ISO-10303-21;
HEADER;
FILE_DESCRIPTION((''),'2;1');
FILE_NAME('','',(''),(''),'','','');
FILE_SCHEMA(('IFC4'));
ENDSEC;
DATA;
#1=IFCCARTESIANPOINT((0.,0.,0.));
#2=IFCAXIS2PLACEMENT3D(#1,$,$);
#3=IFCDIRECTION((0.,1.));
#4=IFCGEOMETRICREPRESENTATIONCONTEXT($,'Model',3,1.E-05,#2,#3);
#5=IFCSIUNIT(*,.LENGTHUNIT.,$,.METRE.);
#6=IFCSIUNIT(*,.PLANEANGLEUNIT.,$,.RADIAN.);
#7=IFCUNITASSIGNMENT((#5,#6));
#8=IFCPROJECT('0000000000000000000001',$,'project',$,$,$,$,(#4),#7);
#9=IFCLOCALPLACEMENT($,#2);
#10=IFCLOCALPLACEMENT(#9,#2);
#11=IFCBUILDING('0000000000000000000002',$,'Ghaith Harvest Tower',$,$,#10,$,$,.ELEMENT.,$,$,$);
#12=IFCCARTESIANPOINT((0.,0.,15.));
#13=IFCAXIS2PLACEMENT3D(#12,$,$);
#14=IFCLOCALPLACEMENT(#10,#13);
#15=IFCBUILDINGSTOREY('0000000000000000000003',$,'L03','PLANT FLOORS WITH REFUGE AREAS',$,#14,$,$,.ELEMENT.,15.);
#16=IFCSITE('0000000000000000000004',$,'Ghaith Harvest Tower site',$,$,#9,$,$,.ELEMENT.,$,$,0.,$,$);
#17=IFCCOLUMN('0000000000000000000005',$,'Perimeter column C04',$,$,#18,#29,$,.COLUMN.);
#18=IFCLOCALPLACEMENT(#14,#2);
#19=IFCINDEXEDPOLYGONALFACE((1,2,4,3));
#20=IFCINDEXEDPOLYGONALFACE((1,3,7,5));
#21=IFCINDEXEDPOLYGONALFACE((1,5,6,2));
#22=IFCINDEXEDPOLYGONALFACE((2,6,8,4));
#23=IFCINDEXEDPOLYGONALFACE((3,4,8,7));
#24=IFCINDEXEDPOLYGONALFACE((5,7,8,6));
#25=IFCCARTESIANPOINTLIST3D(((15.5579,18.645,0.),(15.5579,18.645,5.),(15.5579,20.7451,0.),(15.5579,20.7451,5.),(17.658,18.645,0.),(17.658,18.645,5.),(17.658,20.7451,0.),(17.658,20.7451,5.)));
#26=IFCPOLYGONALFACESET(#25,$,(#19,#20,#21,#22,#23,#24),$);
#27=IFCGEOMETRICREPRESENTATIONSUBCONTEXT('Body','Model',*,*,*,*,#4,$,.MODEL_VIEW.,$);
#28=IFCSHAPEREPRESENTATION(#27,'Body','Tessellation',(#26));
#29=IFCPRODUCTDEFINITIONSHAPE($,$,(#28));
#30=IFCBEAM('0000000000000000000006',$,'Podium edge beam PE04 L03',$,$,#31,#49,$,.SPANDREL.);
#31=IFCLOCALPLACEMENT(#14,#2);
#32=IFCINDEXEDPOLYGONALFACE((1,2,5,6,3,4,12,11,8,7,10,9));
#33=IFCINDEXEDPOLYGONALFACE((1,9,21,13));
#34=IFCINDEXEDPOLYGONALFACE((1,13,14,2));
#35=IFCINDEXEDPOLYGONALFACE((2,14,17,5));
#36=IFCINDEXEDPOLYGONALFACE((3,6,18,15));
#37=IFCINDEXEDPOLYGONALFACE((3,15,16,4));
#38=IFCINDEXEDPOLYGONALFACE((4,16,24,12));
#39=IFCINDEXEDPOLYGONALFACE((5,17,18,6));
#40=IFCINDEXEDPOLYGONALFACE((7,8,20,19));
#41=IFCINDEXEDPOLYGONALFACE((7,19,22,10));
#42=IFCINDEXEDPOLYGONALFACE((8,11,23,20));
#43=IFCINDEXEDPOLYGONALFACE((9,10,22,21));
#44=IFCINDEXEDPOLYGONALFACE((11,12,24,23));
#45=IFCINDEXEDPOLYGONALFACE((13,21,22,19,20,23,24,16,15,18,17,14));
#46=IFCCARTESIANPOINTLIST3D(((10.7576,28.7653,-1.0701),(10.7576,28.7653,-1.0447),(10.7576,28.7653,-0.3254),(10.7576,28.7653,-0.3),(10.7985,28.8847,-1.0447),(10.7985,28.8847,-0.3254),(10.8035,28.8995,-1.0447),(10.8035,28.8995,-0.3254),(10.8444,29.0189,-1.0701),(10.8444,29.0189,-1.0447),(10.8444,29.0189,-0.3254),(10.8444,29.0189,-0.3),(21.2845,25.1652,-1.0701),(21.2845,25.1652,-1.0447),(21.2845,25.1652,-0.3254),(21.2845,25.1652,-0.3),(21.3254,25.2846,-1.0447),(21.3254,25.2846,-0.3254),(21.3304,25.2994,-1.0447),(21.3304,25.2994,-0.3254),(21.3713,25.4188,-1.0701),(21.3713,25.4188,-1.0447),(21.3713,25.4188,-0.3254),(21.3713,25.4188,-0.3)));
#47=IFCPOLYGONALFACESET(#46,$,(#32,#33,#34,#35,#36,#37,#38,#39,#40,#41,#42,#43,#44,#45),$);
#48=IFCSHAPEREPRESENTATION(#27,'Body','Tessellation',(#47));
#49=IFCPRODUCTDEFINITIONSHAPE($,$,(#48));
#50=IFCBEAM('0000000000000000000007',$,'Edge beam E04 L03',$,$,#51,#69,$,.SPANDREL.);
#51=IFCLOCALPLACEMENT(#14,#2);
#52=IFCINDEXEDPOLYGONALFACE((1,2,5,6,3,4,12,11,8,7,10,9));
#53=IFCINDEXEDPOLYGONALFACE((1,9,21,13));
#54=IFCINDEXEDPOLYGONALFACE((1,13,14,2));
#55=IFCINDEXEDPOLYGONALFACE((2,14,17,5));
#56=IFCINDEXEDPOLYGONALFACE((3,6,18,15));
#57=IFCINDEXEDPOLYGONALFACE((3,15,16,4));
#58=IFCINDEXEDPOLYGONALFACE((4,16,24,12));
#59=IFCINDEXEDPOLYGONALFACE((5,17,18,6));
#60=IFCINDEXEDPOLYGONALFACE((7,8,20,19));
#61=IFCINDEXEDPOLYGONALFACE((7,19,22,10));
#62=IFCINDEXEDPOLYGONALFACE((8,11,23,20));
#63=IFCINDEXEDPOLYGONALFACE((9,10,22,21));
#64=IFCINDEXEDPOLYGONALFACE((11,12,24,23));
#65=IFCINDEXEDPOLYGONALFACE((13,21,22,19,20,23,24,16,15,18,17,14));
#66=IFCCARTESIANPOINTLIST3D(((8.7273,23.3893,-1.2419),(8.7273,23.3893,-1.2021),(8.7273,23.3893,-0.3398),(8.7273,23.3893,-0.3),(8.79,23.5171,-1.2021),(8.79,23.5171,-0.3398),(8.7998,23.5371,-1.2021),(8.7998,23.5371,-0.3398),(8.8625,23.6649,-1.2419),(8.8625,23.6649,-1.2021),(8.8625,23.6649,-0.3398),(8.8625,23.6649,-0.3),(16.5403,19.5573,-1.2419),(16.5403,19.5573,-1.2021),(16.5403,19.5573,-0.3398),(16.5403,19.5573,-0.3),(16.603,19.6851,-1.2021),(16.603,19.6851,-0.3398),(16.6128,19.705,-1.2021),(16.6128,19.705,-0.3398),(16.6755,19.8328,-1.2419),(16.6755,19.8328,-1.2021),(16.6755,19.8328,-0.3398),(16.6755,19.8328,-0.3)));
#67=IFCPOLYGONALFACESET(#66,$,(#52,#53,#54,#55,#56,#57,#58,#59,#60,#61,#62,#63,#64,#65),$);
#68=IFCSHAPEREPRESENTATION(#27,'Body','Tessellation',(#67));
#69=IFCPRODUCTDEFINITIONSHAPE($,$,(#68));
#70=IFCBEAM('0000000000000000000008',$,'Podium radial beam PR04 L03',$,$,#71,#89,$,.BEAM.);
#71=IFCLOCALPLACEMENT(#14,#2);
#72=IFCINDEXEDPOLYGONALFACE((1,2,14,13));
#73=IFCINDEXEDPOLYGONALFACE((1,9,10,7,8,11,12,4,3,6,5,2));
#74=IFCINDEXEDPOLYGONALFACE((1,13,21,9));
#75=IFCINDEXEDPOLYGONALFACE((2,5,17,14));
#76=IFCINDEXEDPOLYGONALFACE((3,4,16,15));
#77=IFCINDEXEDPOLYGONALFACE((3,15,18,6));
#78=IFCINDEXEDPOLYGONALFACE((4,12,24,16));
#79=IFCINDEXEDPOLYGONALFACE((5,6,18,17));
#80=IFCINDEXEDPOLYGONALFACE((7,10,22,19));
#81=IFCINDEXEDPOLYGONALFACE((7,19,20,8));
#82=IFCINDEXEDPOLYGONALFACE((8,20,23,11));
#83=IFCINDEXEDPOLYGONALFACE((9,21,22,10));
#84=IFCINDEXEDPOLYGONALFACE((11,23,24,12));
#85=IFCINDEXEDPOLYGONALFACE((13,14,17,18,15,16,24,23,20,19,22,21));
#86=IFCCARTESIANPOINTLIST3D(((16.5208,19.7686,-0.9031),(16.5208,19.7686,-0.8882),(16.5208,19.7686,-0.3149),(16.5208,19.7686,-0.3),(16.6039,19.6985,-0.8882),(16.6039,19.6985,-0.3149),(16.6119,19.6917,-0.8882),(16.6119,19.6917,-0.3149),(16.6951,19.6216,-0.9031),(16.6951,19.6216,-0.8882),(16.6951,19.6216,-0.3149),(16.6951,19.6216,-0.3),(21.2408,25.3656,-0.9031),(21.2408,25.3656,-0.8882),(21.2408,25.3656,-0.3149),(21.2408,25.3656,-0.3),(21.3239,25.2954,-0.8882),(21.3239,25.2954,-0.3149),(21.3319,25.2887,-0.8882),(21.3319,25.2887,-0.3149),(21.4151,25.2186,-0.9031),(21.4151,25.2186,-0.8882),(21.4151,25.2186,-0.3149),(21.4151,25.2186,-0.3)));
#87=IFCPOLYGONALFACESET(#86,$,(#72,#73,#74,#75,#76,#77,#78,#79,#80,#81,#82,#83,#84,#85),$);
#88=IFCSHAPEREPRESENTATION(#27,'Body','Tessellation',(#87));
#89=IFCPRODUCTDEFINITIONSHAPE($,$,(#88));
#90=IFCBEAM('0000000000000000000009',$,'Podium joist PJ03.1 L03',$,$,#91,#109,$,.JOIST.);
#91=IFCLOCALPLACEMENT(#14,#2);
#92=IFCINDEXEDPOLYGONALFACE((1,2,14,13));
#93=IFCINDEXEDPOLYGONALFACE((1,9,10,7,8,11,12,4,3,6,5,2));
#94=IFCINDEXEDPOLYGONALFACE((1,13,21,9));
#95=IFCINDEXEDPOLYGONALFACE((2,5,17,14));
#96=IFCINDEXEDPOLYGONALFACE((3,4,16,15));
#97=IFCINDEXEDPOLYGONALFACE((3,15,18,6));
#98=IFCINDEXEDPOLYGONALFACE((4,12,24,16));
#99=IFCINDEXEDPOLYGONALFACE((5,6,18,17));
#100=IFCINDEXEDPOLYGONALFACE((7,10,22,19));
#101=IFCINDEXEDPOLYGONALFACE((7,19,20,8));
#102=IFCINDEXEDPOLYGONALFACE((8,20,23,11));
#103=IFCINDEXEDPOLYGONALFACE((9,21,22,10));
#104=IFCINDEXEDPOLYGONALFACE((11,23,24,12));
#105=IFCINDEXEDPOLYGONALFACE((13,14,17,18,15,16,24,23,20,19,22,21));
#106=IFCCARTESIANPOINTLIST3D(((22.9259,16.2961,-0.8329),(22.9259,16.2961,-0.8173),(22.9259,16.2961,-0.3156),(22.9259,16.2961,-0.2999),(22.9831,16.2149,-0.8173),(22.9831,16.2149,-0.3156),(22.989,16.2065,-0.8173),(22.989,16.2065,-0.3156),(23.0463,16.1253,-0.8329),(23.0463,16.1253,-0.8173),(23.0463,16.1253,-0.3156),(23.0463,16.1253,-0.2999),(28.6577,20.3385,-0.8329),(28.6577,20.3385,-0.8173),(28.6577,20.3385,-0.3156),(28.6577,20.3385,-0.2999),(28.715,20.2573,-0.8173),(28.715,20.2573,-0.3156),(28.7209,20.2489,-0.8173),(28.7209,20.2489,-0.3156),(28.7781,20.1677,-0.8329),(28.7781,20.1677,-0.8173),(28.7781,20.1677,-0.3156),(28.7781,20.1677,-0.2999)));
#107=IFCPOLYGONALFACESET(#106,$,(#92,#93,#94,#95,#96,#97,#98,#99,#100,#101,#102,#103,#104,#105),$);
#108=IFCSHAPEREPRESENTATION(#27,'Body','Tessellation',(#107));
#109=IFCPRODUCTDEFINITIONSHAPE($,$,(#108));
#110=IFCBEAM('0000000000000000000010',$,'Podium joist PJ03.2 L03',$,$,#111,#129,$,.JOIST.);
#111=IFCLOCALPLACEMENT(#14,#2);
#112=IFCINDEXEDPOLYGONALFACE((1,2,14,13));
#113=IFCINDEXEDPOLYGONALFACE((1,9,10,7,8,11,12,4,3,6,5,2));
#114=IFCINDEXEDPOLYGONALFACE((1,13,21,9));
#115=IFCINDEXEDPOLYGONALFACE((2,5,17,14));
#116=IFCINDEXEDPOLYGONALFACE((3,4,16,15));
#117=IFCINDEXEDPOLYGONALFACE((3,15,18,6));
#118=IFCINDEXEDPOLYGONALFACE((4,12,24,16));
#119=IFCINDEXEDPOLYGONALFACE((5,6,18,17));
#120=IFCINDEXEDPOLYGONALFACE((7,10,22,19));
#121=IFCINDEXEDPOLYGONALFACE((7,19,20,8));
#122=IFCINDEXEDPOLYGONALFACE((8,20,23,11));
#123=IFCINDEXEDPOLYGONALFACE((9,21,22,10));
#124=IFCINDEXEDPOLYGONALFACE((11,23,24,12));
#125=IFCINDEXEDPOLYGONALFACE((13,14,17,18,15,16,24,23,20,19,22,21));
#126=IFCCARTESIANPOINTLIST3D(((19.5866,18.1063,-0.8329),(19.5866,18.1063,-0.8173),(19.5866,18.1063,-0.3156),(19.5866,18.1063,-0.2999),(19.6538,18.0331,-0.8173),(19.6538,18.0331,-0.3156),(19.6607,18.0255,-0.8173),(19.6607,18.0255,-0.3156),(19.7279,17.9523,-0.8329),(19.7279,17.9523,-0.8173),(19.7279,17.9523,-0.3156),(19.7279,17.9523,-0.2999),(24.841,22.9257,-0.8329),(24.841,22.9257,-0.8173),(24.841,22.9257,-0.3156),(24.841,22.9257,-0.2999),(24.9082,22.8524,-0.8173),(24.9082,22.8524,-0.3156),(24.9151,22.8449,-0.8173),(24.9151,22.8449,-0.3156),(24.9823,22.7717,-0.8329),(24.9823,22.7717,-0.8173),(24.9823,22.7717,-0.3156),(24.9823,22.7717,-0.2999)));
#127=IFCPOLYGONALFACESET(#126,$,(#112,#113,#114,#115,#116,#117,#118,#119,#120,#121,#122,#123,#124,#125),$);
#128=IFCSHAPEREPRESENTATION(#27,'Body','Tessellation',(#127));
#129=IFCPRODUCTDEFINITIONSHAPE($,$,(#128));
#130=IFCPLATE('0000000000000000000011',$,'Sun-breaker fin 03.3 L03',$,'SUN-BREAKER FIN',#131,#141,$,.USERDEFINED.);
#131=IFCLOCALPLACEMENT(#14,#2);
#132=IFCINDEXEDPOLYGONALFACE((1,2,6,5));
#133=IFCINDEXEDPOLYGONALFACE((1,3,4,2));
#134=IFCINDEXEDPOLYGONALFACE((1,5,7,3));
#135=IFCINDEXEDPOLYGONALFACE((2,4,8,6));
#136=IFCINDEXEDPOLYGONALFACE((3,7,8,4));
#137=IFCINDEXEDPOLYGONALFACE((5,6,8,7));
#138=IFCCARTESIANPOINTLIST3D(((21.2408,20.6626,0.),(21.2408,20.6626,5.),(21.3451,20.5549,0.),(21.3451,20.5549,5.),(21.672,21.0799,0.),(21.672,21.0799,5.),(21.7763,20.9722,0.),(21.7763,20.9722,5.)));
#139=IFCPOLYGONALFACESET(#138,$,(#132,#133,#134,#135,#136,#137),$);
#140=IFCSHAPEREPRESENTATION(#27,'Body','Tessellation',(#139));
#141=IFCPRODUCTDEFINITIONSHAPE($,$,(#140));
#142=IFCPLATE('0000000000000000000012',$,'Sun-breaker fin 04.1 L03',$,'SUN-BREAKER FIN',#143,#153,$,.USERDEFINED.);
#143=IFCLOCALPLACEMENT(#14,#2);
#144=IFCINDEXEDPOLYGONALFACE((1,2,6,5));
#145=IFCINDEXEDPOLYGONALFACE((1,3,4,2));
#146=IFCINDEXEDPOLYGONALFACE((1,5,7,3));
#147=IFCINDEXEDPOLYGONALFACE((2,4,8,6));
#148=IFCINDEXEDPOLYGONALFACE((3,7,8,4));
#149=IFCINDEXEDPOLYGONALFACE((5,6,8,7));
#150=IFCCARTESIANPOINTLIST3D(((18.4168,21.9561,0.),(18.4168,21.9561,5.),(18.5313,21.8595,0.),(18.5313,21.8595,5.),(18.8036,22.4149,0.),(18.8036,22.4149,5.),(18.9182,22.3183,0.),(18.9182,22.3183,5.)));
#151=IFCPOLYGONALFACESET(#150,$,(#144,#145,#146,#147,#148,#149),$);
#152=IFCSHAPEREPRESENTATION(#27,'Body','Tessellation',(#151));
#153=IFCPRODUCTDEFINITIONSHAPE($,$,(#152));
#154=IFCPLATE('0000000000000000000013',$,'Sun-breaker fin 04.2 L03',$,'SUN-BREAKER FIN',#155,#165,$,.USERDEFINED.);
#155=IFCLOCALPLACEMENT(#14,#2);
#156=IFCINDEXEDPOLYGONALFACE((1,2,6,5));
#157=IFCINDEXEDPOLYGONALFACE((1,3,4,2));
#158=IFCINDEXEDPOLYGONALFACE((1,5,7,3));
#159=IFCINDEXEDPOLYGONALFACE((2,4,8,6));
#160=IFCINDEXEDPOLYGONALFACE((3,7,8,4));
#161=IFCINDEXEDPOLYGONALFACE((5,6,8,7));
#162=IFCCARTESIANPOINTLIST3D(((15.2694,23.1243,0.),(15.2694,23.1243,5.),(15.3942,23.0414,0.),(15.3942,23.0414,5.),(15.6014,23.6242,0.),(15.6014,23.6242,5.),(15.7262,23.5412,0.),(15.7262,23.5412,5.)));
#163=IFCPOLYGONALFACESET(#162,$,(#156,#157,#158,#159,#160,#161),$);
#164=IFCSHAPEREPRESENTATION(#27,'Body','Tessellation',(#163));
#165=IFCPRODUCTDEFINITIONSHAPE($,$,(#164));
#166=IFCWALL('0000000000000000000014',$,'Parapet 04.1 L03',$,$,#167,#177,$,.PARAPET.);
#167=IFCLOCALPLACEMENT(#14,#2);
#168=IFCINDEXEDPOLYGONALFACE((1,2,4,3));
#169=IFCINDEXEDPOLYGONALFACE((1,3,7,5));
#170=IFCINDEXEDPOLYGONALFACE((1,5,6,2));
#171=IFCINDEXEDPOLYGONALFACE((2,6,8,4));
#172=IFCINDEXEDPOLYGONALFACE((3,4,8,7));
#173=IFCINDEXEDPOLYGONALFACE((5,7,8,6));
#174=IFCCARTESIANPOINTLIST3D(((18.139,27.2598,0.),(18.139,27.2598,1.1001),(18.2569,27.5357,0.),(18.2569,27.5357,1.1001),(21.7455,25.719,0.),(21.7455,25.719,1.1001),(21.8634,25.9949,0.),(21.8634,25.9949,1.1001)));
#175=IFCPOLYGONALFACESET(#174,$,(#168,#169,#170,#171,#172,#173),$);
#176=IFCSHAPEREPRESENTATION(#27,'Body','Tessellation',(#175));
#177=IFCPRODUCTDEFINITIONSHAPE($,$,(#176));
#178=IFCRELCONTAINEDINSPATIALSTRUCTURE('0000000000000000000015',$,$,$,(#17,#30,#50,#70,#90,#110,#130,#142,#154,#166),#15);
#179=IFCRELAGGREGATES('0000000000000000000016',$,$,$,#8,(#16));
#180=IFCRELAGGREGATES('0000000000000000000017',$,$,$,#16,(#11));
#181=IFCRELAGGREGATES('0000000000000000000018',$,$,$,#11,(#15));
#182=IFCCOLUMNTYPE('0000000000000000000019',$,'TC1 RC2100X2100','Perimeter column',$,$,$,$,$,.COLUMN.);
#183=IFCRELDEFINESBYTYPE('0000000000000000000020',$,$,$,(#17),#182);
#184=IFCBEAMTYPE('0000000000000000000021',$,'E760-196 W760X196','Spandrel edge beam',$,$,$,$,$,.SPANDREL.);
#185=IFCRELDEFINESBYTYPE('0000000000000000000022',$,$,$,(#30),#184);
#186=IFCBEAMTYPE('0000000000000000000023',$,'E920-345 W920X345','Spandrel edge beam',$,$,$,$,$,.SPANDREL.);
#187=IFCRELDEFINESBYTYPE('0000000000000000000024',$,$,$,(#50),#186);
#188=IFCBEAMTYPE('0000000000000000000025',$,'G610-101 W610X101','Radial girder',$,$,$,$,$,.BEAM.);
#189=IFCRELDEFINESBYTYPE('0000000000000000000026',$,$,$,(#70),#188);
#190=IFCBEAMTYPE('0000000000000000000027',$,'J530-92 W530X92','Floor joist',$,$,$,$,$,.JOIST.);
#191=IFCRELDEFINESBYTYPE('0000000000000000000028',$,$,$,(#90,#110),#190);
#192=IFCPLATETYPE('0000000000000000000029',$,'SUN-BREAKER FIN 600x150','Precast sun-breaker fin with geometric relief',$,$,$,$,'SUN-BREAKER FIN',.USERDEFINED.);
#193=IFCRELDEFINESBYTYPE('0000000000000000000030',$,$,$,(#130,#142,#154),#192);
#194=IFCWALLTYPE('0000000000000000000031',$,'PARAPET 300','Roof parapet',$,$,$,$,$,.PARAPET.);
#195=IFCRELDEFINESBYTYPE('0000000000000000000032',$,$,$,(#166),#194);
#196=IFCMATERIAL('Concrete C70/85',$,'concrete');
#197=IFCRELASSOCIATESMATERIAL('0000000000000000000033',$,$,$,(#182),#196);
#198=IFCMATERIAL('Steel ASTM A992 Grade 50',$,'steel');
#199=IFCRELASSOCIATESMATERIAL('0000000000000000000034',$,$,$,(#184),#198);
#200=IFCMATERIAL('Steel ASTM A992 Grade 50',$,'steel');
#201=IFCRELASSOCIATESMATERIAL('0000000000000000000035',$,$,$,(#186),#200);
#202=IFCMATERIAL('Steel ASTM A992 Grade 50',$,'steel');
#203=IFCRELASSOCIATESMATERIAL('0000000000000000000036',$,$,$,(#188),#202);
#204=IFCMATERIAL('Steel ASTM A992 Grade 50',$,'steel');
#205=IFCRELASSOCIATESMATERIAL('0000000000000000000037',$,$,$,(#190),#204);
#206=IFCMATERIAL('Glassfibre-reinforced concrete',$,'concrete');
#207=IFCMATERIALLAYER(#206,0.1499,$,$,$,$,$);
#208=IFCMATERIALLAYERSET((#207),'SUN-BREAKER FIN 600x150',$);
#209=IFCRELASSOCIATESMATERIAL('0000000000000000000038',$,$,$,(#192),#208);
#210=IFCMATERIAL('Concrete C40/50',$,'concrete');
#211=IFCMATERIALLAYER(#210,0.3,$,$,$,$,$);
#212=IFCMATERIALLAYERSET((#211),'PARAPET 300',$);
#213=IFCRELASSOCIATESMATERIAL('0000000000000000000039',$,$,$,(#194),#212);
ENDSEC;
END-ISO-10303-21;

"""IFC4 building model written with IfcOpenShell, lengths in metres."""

from ifc_helpers import new_model, si_unit, direction, frame, frame_2d, origin, origin_2d, place, context, subcontext, project, spatial, rectangle, i_section, extrude, material, layer, layer_set, material_profile, profile_set, type_object, element, save


model = new_model("IFC4")

# Units and contexts
model_context = context("Model", 3, precision=1e-05, world=origin(), true_north=direction((0.0, 1.0)))
body_context = subcontext(model_context, "Body", "Model", "MODEL_VIEW")
ifc_project = project(units=[si_unit("LENGTHUNIT", "METRE"), si_unit("PLANEANGLEUNIT", "RADIAN")], contexts=[model_context])

# Site, building, storey
site_placement = place(None, origin())
site = spatial("IfcSite", under=ifc_project, at=site_placement, Name="Ghaith Harvest Tower site", CompositionType="ELEMENT", RefElevation=0.0)
building_placement = place(site_placement, origin())
building = spatial("IfcBuilding", under=site, at=building_placement, Name="Ghaith Harvest Tower", CompositionType="ELEMENT")
storey_placement = place(building_placement, frame((0.0, 0.0, 15.0)))
storey = spatial("IfcBuildingStorey", under=building, at=storey_placement, Name="L03", Description="PLANT FLOORS WITH REFUGE AREAS", CompositionType="ELEMENT", Elevation=15.0)

# Column
ifc_material_1 = material(Name="Concrete C70/85", Category="concrete")
ifc_material_profile_1 = material_profile(ifc_material_1, rectangle(XDim=2.1001, YDim=2.1001, at=origin_2d()), Name="RC2100X2100")
ifc_profile_set_1 = profile_set([ifc_material_profile_1], Name="Concrete C70/85")
column_type = type_object("IfcColumnType", Name="TC1 RC2100X2100", Description="Perimeter column", PredefinedType="COLUMN", material=ifc_profile_set_1)
column_placement = place(storey_placement, frame((16.6079, 19.6951, 0.0), z_axis=(0.0, 0.0, 1.0), x_axis=(1.0, 0.0, 0.0)))
element("IfcColumn", 1, at=column_placement, inside=storey, type_object=column_type, Name="Perimeter column C04", PredefinedType="COLUMN", context=body_context, shape_type="SweptSolid", body=[
    extrude(rectangle(XDim=2.1001, YDim=2.1001, at=origin_2d()), origin(), (0.0, 0.0, 1.0), 5.0),
])

# Beams
ifc_material_2 = material(Name="Steel ASTM A992 Grade 50", Category="steel")
ifc_material_profile_2 = material_profile(ifc_material_2, i_section(OverallWidth=0.2681, OverallDepth=0.77, WebThickness=0.0156, FlangeThickness=0.0254, at=origin_2d()), Name="W760X196")
ifc_profile_set_2 = profile_set([ifc_material_profile_2], Name="Steel ASTM A992 Grade 50")
beam_type_1 = type_object("IfcBeamType", Name="E760-196 W760X196", Description="Spandrel edge beam", PredefinedType="SPANDREL", material=ifc_profile_set_2)
beam_1_placement = place(storey_placement, frame((21.3279, 25.292, -0.6851), z_axis=(-0.946197, 0.323592, 0.0), x_axis=(-0.323592, -0.946197, 0.0)))
element("IfcBeam", 2, at=beam_1_placement, inside=storey, type_object=beam_type_1, Name="Podium edge beam PE04 L03", PredefinedType="SPANDREL", context=body_context, shape_type="SweptSolid", body=[
    extrude(i_section(OverallWidth=0.2681, OverallDepth=0.77, WebThickness=0.0156, FlangeThickness=0.0254, at=origin_2d()), origin(), (0.0, 0.0, 1.0), 11.1255),
])
ifc_material_3 = material(Name="Steel ASTM A992 Grade 50", Category="steel")
ifc_material_profile_3 = material_profile(ifc_material_3, i_section(OverallWidth=0.3069, OverallDepth=0.9419, WebThickness=0.0222, FlangeThickness=0.0398, at=origin_2d()), Name="W920X345")
ifc_profile_set_3 = profile_set([ifc_material_profile_3], Name="Steel ASTM A992 Grade 50")
beam_type_2 = type_object("IfcBeamType", Name="E920-345 W920X345", Description="Spandrel edge beam", PredefinedType="SPANDREL", material=ifc_profile_set_3)
beam_2_placement = place(storey_placement, frame((16.6079, 19.6951, -0.771), z_axis=(-0.897824, 0.440355, 0.0), x_axis=(-0.440355, -0.897824, 0.0)))
element("IfcBeam", 3, at=beam_2_placement, inside=storey, type_object=beam_type_2, Name="Edge beam E04 L03", PredefinedType="SPANDREL", context=body_context, shape_type="SweptSolid", body=[
    extrude(i_section(OverallWidth=0.3069, OverallDepth=0.9419, WebThickness=0.0222, FlangeThickness=0.0398, at=origin_2d()), origin(), (0.0, 0.0, 1.0), 8.7021),
])
ifc_material_4 = material(Name="Steel ASTM A992 Grade 50", Category="steel")
ifc_material_profile_4 = material_profile(ifc_material_4, i_section(OverallWidth=0.228, OverallDepth=0.603, WebThickness=0.0105, FlangeThickness=0.0149, at=origin_2d()), Name="W610X101")
ifc_profile_set_4 = profile_set([ifc_material_profile_4], Name="Steel ASTM A992 Grade 50")
beam_type_3 = type_object("IfcBeamType", Name="G610-101 W610X101", Description="Radial girder", PredefinedType="BEAM", material=ifc_profile_set_4)
beam_3_placement = place(storey_placement, frame((16.6079, 19.6951, -0.6016), z_axis=(0.644677, 0.764455, 0.0), x_axis=(-0.764455, 0.644677, 0.0)))
element("IfcBeam", 4, at=beam_3_placement, inside=storey, type_object=beam_type_3, Name="Podium radial beam PR04 L03", PredefinedType="BEAM", context=body_context, shape_type="SweptSolid", body=[
    extrude(i_section(OverallWidth=0.228, OverallDepth=0.603, WebThickness=0.0105, FlangeThickness=0.0149, at=origin_2d()), origin(), (0.0, 0.0, 1.0), 7.3215),
])
ifc_material_5 = material(Name="Steel ASTM A992 Grade 50", Category="steel")
ifc_material_profile_5 = material_profile(ifc_material_5, i_section(OverallWidth=0.209, OverallDepth=0.533, WebThickness=0.0103, FlangeThickness=0.0156, at=origin_2d()), Name="W530X92")
ifc_profile_set_5 = profile_set([ifc_material_profile_5], Name="Steel ASTM A992 Grade 50")
beam_type_4 = type_object("IfcBeamType", Name="J530-92 W530X92", Description="Floor joist", PredefinedType="JOIST", material=ifc_profile_set_5)
beam_4_placement = place(storey_placement, frame((22.9861, 16.2107, -0.5664), z_axis=(0.817209, 0.576342, 0.0), x_axis=(-0.576342, 0.817209, 0.0)))
element("IfcBeam", 5, at=beam_4_placement, inside=storey, type_object=beam_type_4, Name="Podium joist PJ03.1 L03", PredefinedType="JOIST", context=body_context, shape_type="SweptSolid", body=[
    extrude(i_section(OverallWidth=0.209, OverallDepth=0.533, WebThickness=0.0103, FlangeThickness=0.0156, at=origin_2d()), origin(), (0.0, 0.0, 1.0), 7.0139),
])
beam_5_placement = place(storey_placement, frame((19.6572, 18.0293, -0.5664), z_axis=(0.736958, 0.675939, 0.0), x_axis=(-0.675939, 0.736958, 0.0)))
element("IfcBeam", 6, at=beam_5_placement, inside=storey, type_object=beam_type_4, Name="Podium joist PJ03.2 L03", PredefinedType="JOIST", context=body_context, shape_type="SweptSolid", body=[
    extrude(i_section(OverallWidth=0.209, OverallDepth=0.533, WebThickness=0.0103, FlangeThickness=0.0156, at=origin_2d()), origin(), (0.0, 0.0, 1.0), 7.1299),
])

# Plates
ifc_material_6 = material(Name="Glassfibre-reinforced concrete", Category="concrete")
ifc_layer_1 = layer(ifc_material_6, 0.1499)
ifc_layer_set_1 = layer_set([ifc_layer_1], Name="SUN-BREAKER FIN 600x150")
plate_type = type_object("IfcPlateType", Name="SUN-BREAKER FIN 600x150", Description="Precast sun-breaker fin with geometric relief", ElementType="SUN-BREAKER FIN", PredefinedType="USERDEFINED", material=ifc_layer_set_1)
for number, where, z_axis, x_axis, name in (
    (7, (21.5085, 20.8174, 0.0), (0.0, 0.0, 1.0), (0.718559, 0.695466, 0.0), "Sun-breaker fin 03.3 L03"),
    (8, (18.6675, 22.1372, 0.0), (0.0, 0.0, 1.0), (0.644657, 0.764472, 0.0), "Sun-breaker fin 04.1 L03"),
    (9, (15.4978, 23.3328, 0.0), (0.0, 0.0, 1.0), (0.553283, 0.832994, 0.0), "Sun-breaker fin 04.2 L03"),
):
    element("IfcPlate", number, at=place(storey_placement, frame(where, z_axis=z_axis, x_axis=x_axis)), inside=storey, type_object=plate_type, Name=name, ObjectType="SUN-BREAKER FIN", PredefinedType="USERDEFINED", context=body_context, shape_type="SweptSolid", body=[
        extrude(rectangle(XDim=0.6001, YDim=0.1499, at=origin_2d()), origin(), (0.0, 0.0, 1.0), 5.0),
    ])

# Wall
ifc_material_7 = material(Name="Concrete C40/50", Category="concrete")
ifc_layer_2 = layer(ifc_material_7, 0.3)
ifc_layer_set_2 = layer_set([ifc_layer_2], Name="PARAPET 300")
wall_type_1 = type_object("IfcWallType", Name="PARAPET 300", Description="Roof parapet", PredefinedType="PARAPET", material=ifc_layer_set_2)
wall_1_placement = place(storey_placement, frame((21.8044, 25.8569, 0.0), z_axis=(0.0, 0.0, 1.0), x_axis=(-0.919592, 0.392875, 0.0)))
element("IfcWall", 10, at=wall_1_placement, inside=storey, type_object=wall_type_1, Name="Parapet 04.1 L03", PredefinedType="PARAPET", context=body_context, shape_type="SweptSolid", body=[
    extrude(rectangle(XDim=3.9219, YDim=0.3, at=frame_2d((1.9609, 0.0))), origin(), (0.0, 0.0, 1.0), 1.1001),
])

save(model, "model.ifc")
